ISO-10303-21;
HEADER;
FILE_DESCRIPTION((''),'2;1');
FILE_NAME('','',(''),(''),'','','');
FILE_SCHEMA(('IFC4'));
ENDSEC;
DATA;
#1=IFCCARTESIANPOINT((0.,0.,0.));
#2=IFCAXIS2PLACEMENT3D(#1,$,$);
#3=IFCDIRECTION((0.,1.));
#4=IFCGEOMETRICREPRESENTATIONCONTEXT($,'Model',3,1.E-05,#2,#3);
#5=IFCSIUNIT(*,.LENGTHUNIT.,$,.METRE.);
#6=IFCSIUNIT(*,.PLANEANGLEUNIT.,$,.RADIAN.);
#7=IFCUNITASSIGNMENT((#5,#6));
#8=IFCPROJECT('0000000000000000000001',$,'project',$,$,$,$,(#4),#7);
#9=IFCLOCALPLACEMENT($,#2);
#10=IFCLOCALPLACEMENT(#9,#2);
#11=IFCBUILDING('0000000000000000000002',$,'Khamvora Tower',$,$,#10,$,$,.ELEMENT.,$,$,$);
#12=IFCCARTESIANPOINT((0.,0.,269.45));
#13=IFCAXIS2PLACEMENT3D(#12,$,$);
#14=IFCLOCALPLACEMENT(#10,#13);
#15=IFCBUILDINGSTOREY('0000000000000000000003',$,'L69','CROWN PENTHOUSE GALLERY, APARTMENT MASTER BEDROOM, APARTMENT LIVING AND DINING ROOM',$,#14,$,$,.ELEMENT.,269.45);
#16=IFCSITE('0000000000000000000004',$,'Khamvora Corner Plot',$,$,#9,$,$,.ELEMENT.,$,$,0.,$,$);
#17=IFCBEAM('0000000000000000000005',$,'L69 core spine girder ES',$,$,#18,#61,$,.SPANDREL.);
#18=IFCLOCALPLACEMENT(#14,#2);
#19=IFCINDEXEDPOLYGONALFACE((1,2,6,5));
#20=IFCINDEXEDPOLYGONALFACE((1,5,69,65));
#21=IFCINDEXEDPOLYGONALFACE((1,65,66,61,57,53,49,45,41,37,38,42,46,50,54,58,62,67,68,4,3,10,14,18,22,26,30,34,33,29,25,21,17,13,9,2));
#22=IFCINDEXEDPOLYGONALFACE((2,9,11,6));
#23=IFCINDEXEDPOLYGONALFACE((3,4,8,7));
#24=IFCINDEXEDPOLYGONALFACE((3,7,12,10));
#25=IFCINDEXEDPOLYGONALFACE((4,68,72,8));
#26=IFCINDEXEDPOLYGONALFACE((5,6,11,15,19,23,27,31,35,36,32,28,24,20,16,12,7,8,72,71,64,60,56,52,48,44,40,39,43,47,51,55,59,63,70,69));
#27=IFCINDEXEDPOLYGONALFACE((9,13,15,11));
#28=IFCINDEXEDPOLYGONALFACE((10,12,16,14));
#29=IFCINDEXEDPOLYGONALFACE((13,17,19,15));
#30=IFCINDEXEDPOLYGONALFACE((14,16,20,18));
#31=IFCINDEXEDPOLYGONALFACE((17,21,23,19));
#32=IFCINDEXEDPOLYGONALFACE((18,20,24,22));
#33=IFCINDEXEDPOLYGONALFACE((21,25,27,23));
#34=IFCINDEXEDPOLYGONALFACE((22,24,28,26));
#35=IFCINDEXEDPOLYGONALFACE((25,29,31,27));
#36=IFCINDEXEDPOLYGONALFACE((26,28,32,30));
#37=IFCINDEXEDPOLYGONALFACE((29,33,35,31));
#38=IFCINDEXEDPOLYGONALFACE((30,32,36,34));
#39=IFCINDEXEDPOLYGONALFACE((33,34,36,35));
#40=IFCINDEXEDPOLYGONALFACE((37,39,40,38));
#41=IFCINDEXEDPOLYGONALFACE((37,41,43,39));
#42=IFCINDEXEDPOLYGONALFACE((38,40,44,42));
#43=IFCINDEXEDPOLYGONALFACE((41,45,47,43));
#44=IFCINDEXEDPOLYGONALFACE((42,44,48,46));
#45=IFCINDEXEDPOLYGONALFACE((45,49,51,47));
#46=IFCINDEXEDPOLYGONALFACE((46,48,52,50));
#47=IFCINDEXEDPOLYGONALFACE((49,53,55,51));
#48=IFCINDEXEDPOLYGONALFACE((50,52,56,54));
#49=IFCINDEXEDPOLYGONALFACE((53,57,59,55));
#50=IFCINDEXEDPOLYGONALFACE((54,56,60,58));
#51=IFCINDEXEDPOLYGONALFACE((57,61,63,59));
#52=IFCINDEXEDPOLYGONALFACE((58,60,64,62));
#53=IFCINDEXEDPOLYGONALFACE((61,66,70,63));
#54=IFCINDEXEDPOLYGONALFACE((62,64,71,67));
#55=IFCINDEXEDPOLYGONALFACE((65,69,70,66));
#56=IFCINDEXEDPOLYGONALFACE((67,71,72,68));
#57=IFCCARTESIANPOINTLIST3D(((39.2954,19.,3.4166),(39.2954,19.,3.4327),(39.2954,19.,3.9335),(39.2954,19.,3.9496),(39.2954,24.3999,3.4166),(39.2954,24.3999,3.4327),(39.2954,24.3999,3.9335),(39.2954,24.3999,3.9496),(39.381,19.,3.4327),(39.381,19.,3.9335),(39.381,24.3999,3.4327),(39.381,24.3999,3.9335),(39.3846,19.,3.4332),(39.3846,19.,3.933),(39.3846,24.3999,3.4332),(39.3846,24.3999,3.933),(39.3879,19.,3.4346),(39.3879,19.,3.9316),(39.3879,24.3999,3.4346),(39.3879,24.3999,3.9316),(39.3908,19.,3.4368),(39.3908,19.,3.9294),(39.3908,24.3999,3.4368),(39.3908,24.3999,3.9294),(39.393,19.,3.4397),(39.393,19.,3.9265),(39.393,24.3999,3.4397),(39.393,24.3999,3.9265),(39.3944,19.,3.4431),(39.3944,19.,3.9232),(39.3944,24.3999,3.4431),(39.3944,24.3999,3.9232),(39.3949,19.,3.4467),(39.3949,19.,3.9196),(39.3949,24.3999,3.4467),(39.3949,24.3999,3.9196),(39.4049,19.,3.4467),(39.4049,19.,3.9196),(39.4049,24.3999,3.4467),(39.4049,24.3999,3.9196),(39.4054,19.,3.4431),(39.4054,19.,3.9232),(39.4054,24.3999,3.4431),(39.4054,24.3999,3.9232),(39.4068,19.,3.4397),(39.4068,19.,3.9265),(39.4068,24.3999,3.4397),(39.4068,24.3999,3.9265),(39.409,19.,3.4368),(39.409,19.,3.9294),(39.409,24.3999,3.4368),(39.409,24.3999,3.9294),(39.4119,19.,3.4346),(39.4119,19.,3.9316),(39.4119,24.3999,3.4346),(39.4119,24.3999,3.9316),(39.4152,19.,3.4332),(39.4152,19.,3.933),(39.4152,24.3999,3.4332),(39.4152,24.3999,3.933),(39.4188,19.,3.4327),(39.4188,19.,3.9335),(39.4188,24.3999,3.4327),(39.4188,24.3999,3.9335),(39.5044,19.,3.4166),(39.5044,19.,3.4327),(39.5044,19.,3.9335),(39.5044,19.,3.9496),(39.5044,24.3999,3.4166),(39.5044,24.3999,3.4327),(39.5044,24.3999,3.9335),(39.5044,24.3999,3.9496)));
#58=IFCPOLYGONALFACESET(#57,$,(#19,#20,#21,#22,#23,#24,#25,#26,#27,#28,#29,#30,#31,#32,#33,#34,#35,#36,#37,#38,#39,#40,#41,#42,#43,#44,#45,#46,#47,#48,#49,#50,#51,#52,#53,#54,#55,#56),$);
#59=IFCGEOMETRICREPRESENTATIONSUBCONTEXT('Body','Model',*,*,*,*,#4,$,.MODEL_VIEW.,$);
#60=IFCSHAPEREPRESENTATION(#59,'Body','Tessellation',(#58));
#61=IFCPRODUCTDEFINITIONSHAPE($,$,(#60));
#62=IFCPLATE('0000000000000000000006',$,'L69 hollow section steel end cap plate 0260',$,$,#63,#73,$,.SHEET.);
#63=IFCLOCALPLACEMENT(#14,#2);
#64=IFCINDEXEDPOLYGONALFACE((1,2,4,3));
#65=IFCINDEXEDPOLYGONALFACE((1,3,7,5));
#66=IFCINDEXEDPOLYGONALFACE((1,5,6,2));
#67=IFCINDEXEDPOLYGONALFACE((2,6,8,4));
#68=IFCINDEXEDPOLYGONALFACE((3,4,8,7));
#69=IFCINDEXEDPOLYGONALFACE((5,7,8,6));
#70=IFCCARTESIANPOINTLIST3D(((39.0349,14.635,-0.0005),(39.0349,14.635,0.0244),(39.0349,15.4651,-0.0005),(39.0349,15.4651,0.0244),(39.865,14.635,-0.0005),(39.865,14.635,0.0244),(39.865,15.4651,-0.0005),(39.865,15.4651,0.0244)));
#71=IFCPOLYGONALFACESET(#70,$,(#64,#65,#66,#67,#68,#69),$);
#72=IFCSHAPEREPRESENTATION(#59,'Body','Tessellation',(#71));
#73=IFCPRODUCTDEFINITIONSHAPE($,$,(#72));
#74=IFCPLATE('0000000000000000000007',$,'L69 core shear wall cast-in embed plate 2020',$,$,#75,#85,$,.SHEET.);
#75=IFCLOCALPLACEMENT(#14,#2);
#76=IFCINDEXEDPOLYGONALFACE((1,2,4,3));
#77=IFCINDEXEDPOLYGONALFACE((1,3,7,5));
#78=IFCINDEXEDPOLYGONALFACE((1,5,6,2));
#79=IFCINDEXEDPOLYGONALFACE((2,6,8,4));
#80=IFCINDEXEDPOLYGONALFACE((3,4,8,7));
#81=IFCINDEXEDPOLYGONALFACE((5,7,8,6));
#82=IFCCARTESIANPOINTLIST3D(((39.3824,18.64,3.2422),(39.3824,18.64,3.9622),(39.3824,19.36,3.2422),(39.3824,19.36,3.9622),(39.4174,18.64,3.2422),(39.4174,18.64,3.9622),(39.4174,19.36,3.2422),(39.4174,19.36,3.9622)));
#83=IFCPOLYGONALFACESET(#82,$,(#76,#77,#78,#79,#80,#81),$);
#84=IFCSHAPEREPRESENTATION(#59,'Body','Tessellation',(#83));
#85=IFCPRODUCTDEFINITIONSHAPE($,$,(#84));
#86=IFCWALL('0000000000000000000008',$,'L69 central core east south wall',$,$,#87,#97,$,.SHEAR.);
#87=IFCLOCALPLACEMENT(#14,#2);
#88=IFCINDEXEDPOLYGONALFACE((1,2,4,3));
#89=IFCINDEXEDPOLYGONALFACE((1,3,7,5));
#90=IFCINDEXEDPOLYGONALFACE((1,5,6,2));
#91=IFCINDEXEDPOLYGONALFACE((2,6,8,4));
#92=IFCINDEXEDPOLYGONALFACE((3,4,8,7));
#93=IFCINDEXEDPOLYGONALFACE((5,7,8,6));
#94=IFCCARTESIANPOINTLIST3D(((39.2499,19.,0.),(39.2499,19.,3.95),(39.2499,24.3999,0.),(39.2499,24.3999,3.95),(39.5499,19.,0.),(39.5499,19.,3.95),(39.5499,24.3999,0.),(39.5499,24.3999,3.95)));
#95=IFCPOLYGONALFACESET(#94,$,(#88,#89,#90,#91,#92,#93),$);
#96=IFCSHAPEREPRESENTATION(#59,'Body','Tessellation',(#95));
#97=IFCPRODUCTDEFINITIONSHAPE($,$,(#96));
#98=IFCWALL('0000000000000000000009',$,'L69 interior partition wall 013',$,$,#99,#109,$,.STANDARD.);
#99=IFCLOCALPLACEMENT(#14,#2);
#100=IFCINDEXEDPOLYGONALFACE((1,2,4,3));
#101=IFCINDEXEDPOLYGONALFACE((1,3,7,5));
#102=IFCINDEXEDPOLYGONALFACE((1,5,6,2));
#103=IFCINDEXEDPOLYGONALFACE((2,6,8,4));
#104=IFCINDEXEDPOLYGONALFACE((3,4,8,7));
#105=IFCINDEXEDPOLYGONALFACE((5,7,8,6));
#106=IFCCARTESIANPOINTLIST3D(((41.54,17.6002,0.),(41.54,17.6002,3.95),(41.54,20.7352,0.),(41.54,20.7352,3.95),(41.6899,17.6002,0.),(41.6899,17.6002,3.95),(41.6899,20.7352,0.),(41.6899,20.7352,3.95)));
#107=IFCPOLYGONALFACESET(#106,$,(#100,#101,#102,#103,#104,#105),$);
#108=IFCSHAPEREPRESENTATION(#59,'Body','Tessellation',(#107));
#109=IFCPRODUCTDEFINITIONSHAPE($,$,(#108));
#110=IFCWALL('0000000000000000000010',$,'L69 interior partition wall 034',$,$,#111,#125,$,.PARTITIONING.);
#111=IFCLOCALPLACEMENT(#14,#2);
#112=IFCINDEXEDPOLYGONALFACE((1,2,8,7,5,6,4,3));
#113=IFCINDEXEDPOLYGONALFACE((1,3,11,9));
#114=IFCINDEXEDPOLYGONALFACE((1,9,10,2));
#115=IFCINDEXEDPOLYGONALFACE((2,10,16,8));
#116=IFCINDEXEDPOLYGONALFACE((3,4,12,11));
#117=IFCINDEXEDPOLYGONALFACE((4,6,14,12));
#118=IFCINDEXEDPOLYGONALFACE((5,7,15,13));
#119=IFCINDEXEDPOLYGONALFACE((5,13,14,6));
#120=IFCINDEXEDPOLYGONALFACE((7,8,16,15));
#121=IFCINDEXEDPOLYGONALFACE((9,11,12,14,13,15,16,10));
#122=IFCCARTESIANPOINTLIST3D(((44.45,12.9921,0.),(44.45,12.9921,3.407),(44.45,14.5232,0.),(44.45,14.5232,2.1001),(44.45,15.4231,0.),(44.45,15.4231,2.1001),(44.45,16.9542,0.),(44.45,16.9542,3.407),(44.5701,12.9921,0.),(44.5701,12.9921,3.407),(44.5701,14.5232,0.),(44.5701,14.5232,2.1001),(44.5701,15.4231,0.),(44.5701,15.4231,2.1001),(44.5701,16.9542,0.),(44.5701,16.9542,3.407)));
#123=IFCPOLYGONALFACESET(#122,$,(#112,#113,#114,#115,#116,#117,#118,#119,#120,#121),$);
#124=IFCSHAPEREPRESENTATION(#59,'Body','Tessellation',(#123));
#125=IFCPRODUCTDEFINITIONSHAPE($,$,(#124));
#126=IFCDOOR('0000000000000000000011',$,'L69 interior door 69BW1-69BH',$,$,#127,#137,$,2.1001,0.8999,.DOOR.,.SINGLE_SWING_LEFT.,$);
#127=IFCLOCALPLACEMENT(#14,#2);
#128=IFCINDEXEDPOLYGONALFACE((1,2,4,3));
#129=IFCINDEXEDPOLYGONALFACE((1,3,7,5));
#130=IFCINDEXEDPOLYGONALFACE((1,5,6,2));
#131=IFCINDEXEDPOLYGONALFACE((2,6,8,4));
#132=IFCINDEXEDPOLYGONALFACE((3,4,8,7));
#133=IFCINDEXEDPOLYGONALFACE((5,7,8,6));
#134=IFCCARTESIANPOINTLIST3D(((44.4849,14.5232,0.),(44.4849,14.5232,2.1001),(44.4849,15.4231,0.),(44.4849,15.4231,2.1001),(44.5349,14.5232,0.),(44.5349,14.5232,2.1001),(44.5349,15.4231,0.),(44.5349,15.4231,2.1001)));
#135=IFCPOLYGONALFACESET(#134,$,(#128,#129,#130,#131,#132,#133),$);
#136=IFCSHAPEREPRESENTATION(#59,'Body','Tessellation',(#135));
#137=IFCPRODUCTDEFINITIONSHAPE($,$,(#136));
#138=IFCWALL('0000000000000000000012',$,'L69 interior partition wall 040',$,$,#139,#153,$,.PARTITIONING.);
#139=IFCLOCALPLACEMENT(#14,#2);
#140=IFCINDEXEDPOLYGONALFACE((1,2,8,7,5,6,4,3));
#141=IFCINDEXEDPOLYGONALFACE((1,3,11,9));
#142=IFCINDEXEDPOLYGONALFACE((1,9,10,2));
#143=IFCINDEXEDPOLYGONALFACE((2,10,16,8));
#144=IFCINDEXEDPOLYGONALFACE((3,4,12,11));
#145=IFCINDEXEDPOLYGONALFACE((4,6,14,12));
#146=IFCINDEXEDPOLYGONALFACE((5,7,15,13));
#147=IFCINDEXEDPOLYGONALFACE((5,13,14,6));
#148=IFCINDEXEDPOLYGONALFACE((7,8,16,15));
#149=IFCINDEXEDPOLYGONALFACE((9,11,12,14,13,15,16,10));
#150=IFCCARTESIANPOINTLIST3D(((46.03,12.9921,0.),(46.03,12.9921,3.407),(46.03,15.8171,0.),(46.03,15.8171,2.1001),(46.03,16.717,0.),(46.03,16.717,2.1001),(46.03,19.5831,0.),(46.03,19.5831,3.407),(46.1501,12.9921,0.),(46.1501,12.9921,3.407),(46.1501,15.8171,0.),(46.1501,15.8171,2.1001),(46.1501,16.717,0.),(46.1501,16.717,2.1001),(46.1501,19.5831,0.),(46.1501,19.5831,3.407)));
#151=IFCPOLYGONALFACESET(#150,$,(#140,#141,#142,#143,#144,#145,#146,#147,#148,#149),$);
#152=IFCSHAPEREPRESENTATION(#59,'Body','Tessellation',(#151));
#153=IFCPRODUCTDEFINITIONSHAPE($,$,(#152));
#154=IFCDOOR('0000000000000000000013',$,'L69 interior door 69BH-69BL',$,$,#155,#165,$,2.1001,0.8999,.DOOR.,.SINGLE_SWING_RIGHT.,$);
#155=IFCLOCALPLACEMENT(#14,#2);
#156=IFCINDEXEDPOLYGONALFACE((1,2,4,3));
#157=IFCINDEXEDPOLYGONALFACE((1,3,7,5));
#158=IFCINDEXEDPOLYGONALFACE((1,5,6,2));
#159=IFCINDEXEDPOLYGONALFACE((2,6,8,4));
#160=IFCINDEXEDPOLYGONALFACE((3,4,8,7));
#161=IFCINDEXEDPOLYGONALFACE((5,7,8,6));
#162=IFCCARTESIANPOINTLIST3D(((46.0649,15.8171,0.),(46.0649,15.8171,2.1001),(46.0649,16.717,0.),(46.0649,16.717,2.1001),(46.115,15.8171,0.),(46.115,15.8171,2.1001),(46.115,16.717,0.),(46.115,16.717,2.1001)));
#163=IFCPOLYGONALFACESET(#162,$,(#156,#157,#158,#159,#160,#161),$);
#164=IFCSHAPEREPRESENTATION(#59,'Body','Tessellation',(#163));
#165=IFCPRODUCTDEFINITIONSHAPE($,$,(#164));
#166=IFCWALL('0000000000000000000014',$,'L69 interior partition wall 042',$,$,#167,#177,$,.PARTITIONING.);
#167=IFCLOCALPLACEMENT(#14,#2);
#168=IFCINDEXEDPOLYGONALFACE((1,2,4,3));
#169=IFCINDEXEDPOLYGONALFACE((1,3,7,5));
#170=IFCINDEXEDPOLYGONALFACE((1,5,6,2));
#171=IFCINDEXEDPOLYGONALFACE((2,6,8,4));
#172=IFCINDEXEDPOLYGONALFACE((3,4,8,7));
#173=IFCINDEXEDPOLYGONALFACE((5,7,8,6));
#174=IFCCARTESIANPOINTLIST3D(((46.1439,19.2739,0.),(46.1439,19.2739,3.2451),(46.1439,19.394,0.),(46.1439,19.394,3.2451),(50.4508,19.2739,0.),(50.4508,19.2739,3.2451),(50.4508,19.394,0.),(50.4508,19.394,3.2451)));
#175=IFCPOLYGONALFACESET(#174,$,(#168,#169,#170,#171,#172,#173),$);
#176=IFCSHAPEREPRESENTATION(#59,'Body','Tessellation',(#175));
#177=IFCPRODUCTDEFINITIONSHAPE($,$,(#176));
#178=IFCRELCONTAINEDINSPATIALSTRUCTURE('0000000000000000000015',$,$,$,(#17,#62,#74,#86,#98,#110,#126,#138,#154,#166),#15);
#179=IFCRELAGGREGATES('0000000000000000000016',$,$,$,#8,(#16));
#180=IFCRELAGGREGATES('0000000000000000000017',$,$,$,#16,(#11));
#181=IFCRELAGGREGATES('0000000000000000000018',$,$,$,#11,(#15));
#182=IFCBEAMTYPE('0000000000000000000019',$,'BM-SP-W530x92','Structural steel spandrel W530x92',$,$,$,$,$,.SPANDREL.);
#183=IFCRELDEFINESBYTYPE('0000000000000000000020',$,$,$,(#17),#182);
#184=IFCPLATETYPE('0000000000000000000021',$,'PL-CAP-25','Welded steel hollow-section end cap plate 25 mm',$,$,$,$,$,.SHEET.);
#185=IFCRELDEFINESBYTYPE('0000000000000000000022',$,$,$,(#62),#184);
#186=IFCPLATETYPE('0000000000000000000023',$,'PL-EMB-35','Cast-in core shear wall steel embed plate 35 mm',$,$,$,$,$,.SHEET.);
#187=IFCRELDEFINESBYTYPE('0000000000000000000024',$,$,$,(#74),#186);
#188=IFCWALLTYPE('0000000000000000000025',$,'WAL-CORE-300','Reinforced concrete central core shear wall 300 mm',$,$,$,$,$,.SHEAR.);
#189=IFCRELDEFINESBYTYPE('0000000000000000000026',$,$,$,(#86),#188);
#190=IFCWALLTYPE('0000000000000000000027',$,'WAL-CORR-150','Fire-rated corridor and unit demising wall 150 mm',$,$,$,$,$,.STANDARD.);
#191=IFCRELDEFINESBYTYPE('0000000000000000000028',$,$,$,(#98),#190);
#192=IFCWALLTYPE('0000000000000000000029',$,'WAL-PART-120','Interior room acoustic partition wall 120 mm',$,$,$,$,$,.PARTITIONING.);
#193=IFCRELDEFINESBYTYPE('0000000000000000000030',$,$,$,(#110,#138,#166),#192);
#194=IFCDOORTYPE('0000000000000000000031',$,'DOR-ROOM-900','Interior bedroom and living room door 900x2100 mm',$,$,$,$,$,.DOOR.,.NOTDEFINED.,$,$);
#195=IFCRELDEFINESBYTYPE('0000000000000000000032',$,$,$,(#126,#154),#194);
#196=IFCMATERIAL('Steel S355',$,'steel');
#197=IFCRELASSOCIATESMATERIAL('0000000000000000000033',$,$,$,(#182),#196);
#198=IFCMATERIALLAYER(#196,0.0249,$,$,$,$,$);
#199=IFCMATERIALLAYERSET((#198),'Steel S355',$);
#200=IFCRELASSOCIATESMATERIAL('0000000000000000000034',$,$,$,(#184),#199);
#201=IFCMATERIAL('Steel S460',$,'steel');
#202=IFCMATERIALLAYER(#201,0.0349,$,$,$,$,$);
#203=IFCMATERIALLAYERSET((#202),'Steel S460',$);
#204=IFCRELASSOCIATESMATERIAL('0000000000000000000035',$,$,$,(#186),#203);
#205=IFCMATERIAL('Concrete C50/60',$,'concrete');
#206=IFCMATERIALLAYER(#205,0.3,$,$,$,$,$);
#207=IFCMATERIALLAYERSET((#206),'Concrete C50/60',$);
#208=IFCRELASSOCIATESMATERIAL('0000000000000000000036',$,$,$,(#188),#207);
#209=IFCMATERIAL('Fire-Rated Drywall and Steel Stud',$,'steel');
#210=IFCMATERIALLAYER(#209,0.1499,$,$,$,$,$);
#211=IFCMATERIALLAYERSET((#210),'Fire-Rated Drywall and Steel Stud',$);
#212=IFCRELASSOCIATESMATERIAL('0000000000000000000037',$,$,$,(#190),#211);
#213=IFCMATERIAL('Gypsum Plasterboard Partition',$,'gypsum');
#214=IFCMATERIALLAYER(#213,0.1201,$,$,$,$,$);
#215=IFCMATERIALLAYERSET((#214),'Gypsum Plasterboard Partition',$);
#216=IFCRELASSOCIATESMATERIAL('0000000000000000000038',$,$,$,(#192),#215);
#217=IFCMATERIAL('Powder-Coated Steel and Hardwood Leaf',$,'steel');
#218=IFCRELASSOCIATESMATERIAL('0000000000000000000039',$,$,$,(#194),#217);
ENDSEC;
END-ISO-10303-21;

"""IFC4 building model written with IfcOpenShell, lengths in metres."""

from ifc_helpers import new_model, si_unit, direction, frame, frame_2d, origin, origin_2d, place, context, subcontext, project, spatial, rectangle, i_section, extrude, material, layer, layer_set, material_profile, profile_set, type_object, element, fill, save


model = new_model("IFC4")

# Units and contexts
model_context = context("Model", 3, precision=1e-05, world=origin(), true_north=direction((0.0, 1.0)))
body_context = subcontext(model_context, "Body", "Model", "MODEL_VIEW")
ifc_project = project(units=[si_unit("LENGTHUNIT", "METRE"), si_unit("PLANEANGLEUNIT", "RADIAN")], contexts=[model_context])

# Site, building, storey
site_placement = place(None, origin())
site = spatial("IfcSite", under=ifc_project, at=site_placement, Name="Khamvora Corner Plot", CompositionType="ELEMENT", RefElevation=0.0)
building_placement = place(site_placement, origin())
building = spatial("IfcBuilding", under=site, at=building_placement, Name="Khamvora Tower", CompositionType="ELEMENT")
storey_placement = place(building_placement, frame((0.0, 0.0, 269.45)))
storey = spatial("IfcBuildingStorey", under=building, at=storey_placement, Name="L69", Description="CROWN PENTHOUSE GALLERY, APARTMENT MASTER BEDROOM, APARTMENT LIVING AND DINING ROOM", CompositionType="ELEMENT", Elevation=269.45)

# Shared definitions
ifc_material_1 = material(Name="Steel S355", Category="steel")

# Beam
ifc_material_profile_1 = material_profile(ifc_material_1, i_section(OverallWidth=0.209, OverallDepth=0.533, WebThickness=0.01, FlangeThickness=0.0161, FilletRadius=0.0139, at=origin_2d()), Name="W530x92")
ifc_profile_set_1 = profile_set([ifc_material_profile_1], Name="Steel S355")
beam_type_1 = type_object("IfcBeamType", Name="BM-SP-W530x92", Description="Structural steel spandrel W530x92", PredefinedType="SPANDREL", material=ifc_profile_set_1)
beam_1_placement = place(storey_placement, frame((39.3999, 19.0, 3.6831), z_axis=(0.0, 1.0, 0.0), x_axis=(-1.0, 0.0, 0.0)))
element("IfcBeam", 1, at=beam_1_placement, inside=storey, type_object=beam_type_1, Name="L69 core spine girder ES", PredefinedType="SPANDREL", context=body_context, shape_type="SweptSolid", body=[
    extrude(i_section(OverallWidth=0.209, OverallDepth=0.533, WebThickness=0.01, FlangeThickness=0.0161, FilletRadius=0.0139, at=origin_2d()), origin(), (0.0, 0.0, 1.0), 5.3999),
])

# Plates
ifc_layer_1 = layer(ifc_material_1, 0.0249)
ifc_layer_set_1 = layer_set([ifc_layer_1], Name="Steel S355")
plate_type_1 = type_object("IfcPlateType", Name="PL-CAP-25", Description="Welded steel hollow-section end cap plate 25 mm", PredefinedType="SHEET", material=ifc_layer_set_1)
plate_1_placement = place(storey_placement, frame((39.45, 15.05, -0.0005), z_axis=(0.0, 0.0, 1.0), x_axis=(1.0, 0.0, 0.0)))
element("IfcPlate", 2, at=plate_1_placement, inside=storey, type_object=plate_type_1, Name="L69 hollow section steel end cap plate 0260", PredefinedType="SHEET", context=body_context, shape_type="SweptSolid", body=[
    extrude(rectangle(XDim=0.8301, YDim=0.8301, at=origin_2d()), origin(), (0.0, 0.0, 1.0), 0.0249),
])
ifc_material_2 = material(Name="Steel S460", Category="steel")
ifc_layer_2 = layer(ifc_material_2, 0.0349)
ifc_layer_set_2 = layer_set([ifc_layer_2], Name="Steel S460")
plate_type_2 = type_object("IfcPlateType", Name="PL-EMB-35", Description="Cast-in core shear wall steel embed plate 35 mm", PredefinedType="SHEET", material=ifc_layer_set_2)
plate_2_placement = place(storey_placement, frame((39.3999, 19.0, 3.2422), z_axis=(0.0, 0.0, 1.0), x_axis=(1.0, 0.0, 0.0)))
element("IfcPlate", 3, at=plate_2_placement, inside=storey, type_object=plate_type_2, Name="L69 core shear wall cast-in embed plate 2020", PredefinedType="SHEET", context=body_context, shape_type="SweptSolid", body=[
    extrude(rectangle(XDim=0.0349, YDim=0.72, at=origin_2d()), origin(), (0.0, 0.0, 1.0), 0.72),
])

# Walls
ifc_material_3 = material(Name="Concrete C50/60", Category="concrete")
ifc_layer_3 = layer(ifc_material_3, 0.3)
ifc_layer_set_3 = layer_set([ifc_layer_3], Name="Concrete C50/60")
wall_type_1 = type_object("IfcWallType", Name="WAL-CORE-300", Description="Reinforced concrete central core shear wall 300 mm", PredefinedType="SHEAR", material=ifc_layer_set_3)
wall_1_placement = place(storey_placement, frame((39.3999, 19.0, 0.0), z_axis=(0.0, 0.0, 1.0), x_axis=(0.0, 1.0, 0.0)))
element("IfcWall", 4, at=wall_1_placement, inside=storey, type_object=wall_type_1, Name="L69 central core east south wall", PredefinedType="SHEAR", context=body_context, shape_type="SweptSolid", body=[
    extrude(rectangle(XDim=5.3999, YDim=0.3, at=frame_2d((2.7, 0.0))), origin(), (0.0, 0.0, 1.0), 3.95),
])
ifc_material_4 = material(Name="Fire-Rated Drywall and Steel Stud", Category="steel")
ifc_layer_4 = layer(ifc_material_4, 0.1499)
ifc_layer_set_4 = layer_set([ifc_layer_4], Name="Fire-Rated Drywall and Steel Stud")
wall_type_2 = type_object("IfcWallType", Name="WAL-CORR-150", Description="Fire-rated corridor and unit demising wall 150 mm", PredefinedType="STANDARD", material=ifc_layer_set_4)
wall_2_placement = place(storey_placement, frame((41.615, 20.7351, 0.0), z_axis=(0.0, 0.0, 1.0), x_axis=(0.0, -1.0, 0.0)))
element("IfcWall", 5, at=wall_2_placement, inside=storey, type_object=wall_type_2, Name="L69 interior partition wall 013", PredefinedType="STANDARD", context=body_context, shape_type="SweptSolid", body=[
    extrude(rectangle(XDim=3.135, YDim=0.1499, at=frame_2d((1.5674, 0.0))), origin(), (0.0, 0.0, 1.0), 3.95),
])

# Walls, openings, doors
ifc_material_5 = material(Name="Gypsum Plasterboard Partition", Category="gypsum")
ifc_layer_5 = layer(ifc_material_5, 0.1201)
ifc_layer_set_5 = layer_set([ifc_layer_5], Name="Gypsum Plasterboard Partition")
wall_type_3 = type_object("IfcWallType", Name="WAL-PART-120", Description="Interior room acoustic partition wall 120 mm", PredefinedType="PARTITIONING", material=ifc_layer_set_5)
wall_3_placement = place(storey_placement, frame((44.51, 16.9541, 0.0), z_axis=(0.0, 0.0, 1.0), x_axis=(0.0, -1.0, 0.0)))
wall_3 = element("IfcWall", 6, at=wall_3_placement, inside=storey, type_object=wall_type_3, Name="L69 interior partition wall 034", PredefinedType="PARTITIONING", context=body_context, shape_type="SweptSolid", body=[
    extrude(rectangle(XDim=3.9622, YDim=0.1201, at=frame_2d((1.981, 0.0))), origin(), (0.0, 0.0, 1.0), 3.407),
])
opening_1_placement = place(wall_3_placement, frame((1.531, 0.0, 0.0)))
opening_1 = element("IfcOpeningElement", 7, at=opening_1_placement, cuts=wall_3, PredefinedType="OPENING", context=body_context, shape_type="SweptSolid", body=[
    extrude(rectangle(XDim=0.8999, YDim=2.1001, at=frame_2d((0.45, 1.05))), frame((0.0, 0.0701, 0.0), z_axis=(0.0, -1.0, 0.0), x_axis=(1.0, 0.0, 0.0)), (0.0, 0.0, 1.0), 0.1401),
])
ifc_material_6 = material(Name="Powder-Coated Steel and Hardwood Leaf", Category="steel")
door_type_1 = type_object("IfcDoorType", Name="DOR-ROOM-900", Description="Interior bedroom and living room door 900x2100 mm", OperationType="NOTDEFINED", PredefinedType="DOOR", material=ifc_material_6)
door_1_placement = place(opening_1_placement, origin())
door_1 = element("IfcDoor", 8, at=door_1_placement, inside=storey, type_object=door_type_1, Name="L69 interior door 69BW1-69BH", OperationType="SINGLE_SWING_LEFT", OverallHeight=2.1001, OverallWidth=0.8999, PredefinedType="DOOR", context=body_context, shape_type="SweptSolid", body=[
    extrude(rectangle(XDim=0.8999, YDim=2.1001, at=frame_2d((0.45, 1.05))), frame((0.0, 0.0249, 0.0), z_axis=(0.0, -1.0, 0.0), x_axis=(1.0, 0.0, 0.0)), (0.0, 0.0, 1.0), 0.05),
])
fill(opening_1, door_1)
wall_4_placement = place(storey_placement, frame((46.0901, 19.583, 0.0), z_axis=(0.0, 0.0, 1.0), x_axis=(0.0, -1.0, 0.0)))
wall_4 = element("IfcWall", 9, at=wall_4_placement, inside=storey, type_object=wall_type_3, Name="L69 interior partition wall 040", PredefinedType="PARTITIONING", context=body_context, shape_type="SweptSolid", body=[
    extrude(rectangle(XDim=6.5911, YDim=0.1201, at=frame_2d((3.2954, 0.0))), origin(), (0.0, 0.0, 1.0), 3.407),
])
opening_2_placement = place(wall_4_placement, frame((2.866, 0.0, 0.0)))
opening_2 = element("IfcOpeningElement", 10, at=opening_2_placement, cuts=wall_4, PredefinedType="OPENING", context=body_context, shape_type="SweptSolid", body=[
    extrude(rectangle(XDim=0.8999, YDim=2.1001, at=frame_2d((0.45, 1.05))), frame((0.0, 0.0701, 0.0), z_axis=(0.0, -1.0, 0.0), x_axis=(1.0, 0.0, 0.0)), (0.0, 0.0, 1.0), 0.1401),
])
door_2_placement = place(opening_2_placement, origin())
door_2 = element("IfcDoor", 11, at=door_2_placement, inside=storey, type_object=door_type_1, Name="L69 interior door 69BH-69BL", OperationType="SINGLE_SWING_RIGHT", OverallHeight=2.1001, OverallWidth=0.8999, PredefinedType="DOOR", context=body_context, shape_type="SweptSolid", body=[
    extrude(rectangle(XDim=0.8999, YDim=2.1001, at=frame_2d((0.45, 1.05))), frame((0.0, 0.0249, 0.0), z_axis=(0.0, -1.0, 0.0), x_axis=(1.0, 0.0, 0.0)), (0.0, 0.0, 1.0), 0.05),
])
fill(opening_2, door_2)

# Wall
wall_5_placement = place(storey_placement, frame((46.144, 19.334, 0.0), z_axis=(0.0, 0.0, 1.0), x_axis=(1.0, 0.0, 0.0)))
element("IfcWall", 12, at=wall_5_placement, inside=storey, type_object=wall_type_3, Name="L69 interior partition wall 042", PredefinedType="PARTITIONING", context=body_context, shape_type="SweptSolid", body=[
    extrude(rectangle(XDim=4.3069, YDim=0.1201, at=frame_2d((2.1533, 0.0))), origin(), (0.0, 0.0, 1.0), 3.2451),
])

save(model, "model.ifc")
